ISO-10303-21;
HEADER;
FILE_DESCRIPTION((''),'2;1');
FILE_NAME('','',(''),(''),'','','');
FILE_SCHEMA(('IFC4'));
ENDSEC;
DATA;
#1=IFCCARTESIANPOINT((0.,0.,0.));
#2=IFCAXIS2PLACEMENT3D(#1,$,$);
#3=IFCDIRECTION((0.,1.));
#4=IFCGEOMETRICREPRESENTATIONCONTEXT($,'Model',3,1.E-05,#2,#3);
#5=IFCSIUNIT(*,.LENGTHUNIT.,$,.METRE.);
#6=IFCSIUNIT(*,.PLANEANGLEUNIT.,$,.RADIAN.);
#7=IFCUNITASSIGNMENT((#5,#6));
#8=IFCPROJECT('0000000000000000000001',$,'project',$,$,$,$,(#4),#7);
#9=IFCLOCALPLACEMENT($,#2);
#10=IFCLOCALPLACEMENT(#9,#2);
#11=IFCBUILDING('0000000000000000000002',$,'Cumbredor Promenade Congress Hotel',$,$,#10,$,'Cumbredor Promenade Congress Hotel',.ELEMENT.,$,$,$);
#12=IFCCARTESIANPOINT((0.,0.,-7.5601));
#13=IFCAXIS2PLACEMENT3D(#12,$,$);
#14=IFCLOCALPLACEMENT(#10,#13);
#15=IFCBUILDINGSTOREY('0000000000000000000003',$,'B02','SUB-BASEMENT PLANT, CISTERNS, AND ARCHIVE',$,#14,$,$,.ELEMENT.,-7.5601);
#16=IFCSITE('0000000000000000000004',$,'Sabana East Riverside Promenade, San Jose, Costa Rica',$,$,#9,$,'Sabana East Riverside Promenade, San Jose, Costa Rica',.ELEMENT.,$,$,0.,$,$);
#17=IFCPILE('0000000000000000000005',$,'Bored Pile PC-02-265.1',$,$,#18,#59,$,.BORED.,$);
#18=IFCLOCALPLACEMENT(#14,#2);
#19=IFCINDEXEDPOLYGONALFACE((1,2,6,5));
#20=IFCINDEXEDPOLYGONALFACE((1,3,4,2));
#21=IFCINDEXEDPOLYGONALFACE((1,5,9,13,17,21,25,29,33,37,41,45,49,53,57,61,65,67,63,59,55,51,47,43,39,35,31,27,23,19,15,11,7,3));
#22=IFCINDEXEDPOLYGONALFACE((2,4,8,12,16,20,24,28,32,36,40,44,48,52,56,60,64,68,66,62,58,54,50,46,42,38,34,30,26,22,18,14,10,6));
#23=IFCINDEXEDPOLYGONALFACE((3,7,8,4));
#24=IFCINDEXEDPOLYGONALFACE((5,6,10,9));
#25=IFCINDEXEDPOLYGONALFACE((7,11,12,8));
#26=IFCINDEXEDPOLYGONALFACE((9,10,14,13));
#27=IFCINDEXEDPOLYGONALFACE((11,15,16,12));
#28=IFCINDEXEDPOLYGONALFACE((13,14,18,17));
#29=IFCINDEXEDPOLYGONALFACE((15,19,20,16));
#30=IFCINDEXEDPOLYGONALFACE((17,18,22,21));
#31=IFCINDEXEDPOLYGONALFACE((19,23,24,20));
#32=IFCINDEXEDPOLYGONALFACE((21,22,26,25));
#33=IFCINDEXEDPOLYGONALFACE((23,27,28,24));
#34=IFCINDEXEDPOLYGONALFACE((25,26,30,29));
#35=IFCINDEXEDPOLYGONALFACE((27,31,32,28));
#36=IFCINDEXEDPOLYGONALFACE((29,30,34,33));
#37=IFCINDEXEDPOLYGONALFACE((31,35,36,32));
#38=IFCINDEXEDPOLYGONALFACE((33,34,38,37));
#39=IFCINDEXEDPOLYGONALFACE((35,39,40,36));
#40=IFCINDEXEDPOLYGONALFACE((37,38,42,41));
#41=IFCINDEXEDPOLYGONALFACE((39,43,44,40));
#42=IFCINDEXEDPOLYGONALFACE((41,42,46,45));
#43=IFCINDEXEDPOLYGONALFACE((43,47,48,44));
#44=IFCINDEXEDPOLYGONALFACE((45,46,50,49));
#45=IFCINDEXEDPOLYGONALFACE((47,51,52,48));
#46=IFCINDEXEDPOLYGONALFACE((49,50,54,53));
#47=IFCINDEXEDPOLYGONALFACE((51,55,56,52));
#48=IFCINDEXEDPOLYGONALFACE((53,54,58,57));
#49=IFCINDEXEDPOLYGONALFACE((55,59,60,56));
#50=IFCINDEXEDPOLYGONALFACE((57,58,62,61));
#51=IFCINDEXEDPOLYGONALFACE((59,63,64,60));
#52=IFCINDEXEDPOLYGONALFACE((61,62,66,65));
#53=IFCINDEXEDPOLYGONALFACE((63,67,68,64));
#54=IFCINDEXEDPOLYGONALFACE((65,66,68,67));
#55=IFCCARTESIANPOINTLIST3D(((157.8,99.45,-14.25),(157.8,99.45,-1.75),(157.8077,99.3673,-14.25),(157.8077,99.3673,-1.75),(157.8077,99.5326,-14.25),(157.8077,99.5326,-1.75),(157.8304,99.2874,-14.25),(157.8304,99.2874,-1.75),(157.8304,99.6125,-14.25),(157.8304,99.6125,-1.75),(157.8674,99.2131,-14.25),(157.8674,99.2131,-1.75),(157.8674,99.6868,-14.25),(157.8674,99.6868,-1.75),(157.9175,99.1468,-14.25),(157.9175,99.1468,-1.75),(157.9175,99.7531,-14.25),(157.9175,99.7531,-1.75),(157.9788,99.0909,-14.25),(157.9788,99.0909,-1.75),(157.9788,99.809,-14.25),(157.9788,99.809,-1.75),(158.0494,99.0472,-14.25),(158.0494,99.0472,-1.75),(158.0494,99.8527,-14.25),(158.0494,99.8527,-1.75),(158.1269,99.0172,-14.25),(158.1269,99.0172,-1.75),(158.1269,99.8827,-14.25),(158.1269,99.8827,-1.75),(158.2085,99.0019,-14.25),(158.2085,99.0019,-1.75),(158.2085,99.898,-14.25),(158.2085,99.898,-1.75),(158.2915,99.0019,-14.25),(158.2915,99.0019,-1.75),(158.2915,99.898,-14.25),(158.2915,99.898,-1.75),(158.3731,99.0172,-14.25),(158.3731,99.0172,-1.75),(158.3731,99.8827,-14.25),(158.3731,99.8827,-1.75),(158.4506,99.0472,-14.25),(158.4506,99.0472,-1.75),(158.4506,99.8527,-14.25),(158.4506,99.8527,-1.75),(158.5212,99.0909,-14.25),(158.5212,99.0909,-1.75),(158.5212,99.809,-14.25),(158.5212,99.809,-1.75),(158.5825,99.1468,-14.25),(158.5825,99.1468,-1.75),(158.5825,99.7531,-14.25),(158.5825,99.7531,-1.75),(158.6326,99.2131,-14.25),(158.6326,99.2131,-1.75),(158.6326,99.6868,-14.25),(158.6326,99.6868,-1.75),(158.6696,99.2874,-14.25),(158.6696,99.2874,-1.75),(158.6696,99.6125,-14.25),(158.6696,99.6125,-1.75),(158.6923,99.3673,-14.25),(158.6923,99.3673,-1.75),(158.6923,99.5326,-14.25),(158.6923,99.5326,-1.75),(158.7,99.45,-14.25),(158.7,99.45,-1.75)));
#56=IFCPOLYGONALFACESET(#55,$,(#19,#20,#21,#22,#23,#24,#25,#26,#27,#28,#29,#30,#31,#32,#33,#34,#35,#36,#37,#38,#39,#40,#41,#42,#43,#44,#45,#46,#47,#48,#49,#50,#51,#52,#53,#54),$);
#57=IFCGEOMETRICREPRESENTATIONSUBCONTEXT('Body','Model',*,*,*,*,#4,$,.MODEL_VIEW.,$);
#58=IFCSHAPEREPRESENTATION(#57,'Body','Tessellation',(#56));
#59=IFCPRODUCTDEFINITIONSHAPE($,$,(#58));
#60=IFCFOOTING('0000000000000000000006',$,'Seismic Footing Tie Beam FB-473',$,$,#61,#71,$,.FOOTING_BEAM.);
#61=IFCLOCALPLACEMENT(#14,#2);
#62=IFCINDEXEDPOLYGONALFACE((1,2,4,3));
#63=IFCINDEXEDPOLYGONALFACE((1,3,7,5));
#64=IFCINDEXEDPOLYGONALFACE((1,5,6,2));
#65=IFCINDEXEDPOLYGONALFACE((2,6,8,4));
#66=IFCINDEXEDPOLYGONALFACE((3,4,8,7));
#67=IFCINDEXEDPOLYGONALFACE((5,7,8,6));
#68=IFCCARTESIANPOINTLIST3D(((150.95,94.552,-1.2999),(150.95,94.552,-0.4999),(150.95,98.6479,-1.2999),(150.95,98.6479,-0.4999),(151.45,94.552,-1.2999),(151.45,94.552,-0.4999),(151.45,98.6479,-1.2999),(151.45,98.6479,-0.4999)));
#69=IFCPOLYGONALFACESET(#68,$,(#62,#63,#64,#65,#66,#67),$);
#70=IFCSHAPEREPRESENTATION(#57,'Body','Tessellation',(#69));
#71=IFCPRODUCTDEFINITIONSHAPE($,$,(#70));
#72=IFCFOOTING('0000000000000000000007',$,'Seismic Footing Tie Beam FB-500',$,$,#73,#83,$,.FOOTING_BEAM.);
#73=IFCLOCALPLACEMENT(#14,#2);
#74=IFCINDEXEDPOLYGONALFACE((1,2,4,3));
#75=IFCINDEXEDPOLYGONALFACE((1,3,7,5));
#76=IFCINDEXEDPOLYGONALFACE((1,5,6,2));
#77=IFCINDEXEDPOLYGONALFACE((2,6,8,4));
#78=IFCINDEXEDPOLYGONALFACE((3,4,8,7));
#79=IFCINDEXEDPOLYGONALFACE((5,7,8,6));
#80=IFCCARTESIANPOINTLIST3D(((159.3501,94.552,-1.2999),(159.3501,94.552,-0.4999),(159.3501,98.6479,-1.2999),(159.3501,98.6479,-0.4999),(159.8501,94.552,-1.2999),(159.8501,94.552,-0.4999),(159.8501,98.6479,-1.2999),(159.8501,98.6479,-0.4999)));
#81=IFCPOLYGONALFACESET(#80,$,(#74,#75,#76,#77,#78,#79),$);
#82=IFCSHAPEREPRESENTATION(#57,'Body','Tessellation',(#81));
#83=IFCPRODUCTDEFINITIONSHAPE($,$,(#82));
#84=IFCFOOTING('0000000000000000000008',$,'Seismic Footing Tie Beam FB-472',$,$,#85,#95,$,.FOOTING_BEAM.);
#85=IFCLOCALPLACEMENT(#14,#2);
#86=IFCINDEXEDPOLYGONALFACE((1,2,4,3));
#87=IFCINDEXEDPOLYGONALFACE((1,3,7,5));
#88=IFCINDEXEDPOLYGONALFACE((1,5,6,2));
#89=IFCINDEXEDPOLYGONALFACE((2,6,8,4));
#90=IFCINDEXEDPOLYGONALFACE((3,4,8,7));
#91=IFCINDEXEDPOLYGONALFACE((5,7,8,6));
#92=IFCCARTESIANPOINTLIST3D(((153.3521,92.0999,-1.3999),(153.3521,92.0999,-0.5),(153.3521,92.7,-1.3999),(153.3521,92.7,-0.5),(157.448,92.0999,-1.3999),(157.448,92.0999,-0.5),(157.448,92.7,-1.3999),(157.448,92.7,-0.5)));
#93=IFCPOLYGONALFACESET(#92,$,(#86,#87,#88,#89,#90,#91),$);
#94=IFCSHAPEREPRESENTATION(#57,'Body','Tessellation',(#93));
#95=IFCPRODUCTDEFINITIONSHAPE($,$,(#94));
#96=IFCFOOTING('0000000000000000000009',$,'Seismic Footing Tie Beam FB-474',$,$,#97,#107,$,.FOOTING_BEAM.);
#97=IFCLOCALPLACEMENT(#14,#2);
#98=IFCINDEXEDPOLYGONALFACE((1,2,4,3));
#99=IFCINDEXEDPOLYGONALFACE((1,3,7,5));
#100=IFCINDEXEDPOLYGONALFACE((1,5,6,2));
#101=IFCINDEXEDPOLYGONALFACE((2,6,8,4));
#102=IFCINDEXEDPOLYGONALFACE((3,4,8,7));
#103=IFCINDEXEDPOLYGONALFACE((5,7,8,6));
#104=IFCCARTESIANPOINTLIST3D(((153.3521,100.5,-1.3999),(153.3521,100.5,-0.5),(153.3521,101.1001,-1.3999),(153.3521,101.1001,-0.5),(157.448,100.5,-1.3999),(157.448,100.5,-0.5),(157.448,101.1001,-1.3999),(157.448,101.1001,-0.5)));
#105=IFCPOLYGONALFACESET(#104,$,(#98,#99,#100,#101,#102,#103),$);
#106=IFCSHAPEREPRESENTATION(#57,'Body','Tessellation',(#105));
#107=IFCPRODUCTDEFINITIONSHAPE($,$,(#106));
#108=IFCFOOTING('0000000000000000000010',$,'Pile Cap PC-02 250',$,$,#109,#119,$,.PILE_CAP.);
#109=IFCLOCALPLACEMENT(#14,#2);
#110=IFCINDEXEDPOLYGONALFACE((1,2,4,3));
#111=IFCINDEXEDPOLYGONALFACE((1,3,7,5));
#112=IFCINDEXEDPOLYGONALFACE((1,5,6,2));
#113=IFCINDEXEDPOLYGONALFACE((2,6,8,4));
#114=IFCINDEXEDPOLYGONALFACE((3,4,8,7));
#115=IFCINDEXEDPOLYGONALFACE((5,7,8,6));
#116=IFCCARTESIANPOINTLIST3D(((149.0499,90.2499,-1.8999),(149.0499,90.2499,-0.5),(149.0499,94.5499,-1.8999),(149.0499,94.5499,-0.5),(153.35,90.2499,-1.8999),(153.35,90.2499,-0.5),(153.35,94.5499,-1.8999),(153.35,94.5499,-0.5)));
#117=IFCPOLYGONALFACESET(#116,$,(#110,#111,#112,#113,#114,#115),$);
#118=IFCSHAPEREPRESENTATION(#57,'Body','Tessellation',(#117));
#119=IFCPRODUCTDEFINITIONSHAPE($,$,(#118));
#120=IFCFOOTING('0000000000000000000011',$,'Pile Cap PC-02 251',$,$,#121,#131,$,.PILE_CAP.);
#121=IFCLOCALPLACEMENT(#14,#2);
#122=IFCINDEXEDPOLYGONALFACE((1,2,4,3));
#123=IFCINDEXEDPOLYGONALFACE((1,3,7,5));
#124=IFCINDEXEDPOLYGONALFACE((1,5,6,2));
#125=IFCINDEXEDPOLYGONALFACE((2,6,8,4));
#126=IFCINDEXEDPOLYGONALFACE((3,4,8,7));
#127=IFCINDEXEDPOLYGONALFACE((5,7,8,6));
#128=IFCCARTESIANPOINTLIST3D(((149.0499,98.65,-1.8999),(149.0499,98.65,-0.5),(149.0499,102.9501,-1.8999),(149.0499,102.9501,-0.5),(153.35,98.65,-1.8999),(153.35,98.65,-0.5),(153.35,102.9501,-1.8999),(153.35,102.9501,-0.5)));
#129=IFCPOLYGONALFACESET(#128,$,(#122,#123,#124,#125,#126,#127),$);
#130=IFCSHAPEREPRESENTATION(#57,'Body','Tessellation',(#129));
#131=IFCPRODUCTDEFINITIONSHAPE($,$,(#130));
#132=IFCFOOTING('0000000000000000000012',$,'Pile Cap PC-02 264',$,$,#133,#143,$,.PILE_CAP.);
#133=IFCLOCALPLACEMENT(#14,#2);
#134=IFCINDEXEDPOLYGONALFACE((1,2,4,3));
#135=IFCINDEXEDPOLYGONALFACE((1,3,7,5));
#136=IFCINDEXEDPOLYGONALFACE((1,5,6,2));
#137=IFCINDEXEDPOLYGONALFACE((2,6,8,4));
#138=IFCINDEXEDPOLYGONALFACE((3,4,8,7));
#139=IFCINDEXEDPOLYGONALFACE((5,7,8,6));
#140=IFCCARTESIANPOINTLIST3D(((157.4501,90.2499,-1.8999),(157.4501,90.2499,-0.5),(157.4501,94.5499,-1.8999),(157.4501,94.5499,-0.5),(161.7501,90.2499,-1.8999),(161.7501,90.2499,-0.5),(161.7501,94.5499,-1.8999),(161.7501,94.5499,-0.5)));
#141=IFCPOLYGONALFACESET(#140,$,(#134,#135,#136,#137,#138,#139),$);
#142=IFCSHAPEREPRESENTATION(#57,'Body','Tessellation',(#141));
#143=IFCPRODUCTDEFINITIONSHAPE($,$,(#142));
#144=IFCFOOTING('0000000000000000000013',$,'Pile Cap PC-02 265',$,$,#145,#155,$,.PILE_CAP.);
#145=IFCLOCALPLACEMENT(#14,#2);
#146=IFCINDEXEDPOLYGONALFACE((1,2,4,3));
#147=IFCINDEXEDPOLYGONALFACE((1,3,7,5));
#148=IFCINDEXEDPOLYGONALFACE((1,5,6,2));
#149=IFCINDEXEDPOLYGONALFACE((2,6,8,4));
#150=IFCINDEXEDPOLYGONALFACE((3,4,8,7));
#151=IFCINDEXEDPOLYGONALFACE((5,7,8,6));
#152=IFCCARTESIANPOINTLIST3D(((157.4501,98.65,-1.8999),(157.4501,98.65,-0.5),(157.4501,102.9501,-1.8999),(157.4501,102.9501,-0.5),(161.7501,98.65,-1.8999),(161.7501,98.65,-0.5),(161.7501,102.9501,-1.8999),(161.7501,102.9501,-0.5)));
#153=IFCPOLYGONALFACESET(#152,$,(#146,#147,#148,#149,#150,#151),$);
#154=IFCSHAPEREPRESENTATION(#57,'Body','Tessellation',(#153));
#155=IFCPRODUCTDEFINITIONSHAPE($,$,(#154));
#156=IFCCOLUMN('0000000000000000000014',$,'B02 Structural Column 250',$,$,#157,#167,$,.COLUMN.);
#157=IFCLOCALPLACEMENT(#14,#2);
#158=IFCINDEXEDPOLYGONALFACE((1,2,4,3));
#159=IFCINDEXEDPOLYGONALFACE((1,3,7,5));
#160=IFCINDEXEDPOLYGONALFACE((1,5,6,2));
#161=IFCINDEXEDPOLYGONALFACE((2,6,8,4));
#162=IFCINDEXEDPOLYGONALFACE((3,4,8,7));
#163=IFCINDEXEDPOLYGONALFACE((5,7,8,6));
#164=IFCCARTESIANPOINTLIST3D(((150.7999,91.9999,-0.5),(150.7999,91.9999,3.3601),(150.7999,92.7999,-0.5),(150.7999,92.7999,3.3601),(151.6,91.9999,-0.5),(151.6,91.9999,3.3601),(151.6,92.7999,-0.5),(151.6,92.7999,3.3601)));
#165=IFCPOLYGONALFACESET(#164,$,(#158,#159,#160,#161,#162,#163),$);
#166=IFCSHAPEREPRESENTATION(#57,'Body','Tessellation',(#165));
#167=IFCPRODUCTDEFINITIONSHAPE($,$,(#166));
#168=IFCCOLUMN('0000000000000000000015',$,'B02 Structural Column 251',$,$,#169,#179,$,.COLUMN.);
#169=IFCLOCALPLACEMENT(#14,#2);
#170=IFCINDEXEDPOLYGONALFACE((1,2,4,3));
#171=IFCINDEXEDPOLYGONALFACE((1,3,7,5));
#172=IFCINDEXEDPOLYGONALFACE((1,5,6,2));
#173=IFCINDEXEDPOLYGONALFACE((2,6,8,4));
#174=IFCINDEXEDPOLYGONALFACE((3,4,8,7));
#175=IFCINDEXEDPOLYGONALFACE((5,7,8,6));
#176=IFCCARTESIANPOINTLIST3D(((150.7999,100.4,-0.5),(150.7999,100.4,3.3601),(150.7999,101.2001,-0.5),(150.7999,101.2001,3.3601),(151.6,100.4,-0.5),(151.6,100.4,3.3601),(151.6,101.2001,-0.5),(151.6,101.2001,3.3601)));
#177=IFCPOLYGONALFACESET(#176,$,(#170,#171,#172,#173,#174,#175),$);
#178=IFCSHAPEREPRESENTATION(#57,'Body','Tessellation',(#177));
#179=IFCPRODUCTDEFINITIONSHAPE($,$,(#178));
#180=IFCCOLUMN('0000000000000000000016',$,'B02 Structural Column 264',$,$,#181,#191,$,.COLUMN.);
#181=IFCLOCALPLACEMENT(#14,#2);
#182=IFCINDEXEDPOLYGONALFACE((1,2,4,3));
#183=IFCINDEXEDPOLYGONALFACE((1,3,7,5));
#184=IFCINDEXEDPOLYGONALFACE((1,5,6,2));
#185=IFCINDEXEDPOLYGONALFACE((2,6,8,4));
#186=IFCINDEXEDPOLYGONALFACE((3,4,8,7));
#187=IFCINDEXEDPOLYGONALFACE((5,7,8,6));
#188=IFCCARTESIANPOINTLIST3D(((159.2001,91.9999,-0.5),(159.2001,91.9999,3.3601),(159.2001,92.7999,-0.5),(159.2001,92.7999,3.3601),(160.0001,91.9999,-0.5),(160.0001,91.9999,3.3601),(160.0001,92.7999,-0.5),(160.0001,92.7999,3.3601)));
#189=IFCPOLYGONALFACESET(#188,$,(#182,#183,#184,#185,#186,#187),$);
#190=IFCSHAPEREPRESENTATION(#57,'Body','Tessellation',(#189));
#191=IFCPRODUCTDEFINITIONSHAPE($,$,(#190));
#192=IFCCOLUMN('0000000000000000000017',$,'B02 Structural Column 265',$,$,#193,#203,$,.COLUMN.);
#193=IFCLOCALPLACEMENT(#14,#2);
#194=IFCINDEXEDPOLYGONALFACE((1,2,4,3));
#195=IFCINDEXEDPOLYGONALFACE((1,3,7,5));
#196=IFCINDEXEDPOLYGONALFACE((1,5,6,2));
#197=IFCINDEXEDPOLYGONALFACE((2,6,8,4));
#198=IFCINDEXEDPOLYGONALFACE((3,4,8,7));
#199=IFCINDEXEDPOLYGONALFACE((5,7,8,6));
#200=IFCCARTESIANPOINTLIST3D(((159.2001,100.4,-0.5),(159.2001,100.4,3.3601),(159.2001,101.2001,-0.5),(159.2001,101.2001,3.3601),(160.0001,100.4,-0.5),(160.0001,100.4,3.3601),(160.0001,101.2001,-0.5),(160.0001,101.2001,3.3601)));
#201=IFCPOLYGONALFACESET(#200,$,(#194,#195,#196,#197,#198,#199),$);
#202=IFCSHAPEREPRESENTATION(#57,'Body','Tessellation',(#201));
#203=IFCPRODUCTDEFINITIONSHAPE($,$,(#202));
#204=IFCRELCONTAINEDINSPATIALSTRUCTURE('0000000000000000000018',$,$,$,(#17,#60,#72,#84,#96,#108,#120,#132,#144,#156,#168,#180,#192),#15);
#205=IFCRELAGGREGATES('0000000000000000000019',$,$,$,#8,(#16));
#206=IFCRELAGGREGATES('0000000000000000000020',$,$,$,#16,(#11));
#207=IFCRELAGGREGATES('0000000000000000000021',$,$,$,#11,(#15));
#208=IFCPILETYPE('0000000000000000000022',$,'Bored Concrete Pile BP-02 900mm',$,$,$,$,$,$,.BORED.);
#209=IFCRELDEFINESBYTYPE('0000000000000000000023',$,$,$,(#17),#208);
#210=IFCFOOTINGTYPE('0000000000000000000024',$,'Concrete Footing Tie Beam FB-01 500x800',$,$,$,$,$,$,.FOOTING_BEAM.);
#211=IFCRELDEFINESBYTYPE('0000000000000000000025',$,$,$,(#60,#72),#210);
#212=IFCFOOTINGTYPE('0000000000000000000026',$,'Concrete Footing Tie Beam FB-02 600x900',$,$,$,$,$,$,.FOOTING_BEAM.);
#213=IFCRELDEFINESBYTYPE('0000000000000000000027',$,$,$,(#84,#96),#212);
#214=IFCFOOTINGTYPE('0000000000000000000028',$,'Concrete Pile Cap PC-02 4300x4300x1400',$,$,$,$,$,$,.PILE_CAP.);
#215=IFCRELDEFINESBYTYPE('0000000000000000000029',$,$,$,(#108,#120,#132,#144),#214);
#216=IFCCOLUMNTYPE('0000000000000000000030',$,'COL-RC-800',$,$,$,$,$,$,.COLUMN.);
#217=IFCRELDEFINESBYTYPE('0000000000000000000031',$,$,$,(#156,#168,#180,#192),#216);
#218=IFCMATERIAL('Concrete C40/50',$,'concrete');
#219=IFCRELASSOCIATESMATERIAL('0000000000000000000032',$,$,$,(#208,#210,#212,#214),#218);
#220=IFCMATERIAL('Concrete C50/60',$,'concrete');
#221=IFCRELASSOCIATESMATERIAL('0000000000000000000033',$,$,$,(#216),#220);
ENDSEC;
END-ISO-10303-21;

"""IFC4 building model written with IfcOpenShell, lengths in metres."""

from ifc_helpers import new_model, si_unit, direction, frame, origin, origin_2d, place, context, subcontext, project, spatial, rectangle, circle, extrude, material, material_profile, profile_set, type_object, element, save


model = new_model("IFC4")

# Units and contexts
model_context = context("Model", 3, precision=1e-05, world=origin(), true_north=direction((0.0, 1.0)))
body_context = subcontext(model_context, "Body", "Model", "MODEL_VIEW")
ifc_project = project(units=[si_unit("LENGTHUNIT", "METRE"), si_unit("PLANEANGLEUNIT", "RADIAN")], contexts=[model_context])

# Site, building, storey
site_placement = place(None, origin())
site = spatial("IfcSite", under=ifc_project, at=site_placement, Name="Sabana East Riverside Promenade, San Jose, Costa Rica", LongName="Sabana East Riverside Promenade, San Jose, Costa Rica", CompositionType="ELEMENT", RefElevation=0.0)
building_placement = place(site_placement, origin())
building = spatial("IfcBuilding", under=site, at=building_placement, Name="Cumbredor Promenade Congress Hotel", LongName="Cumbredor Promenade Congress Hotel", CompositionType="ELEMENT")
storey_placement = place(building_placement, frame((0.0, 0.0, -7.5601)))
storey = spatial("IfcBuildingStorey", under=building, at=storey_placement, Name="B02", Description="SUB-BASEMENT PLANT, CISTERNS, AND ARCHIVE", CompositionType="ELEMENT", Elevation=-7.5601)

# Pile
ifc_material_1 = material(Name="Concrete C40/50", Category="concrete")
ifc_material_profile_1 = material_profile(ifc_material_1, circle(Radius=0.45, at=origin_2d()), Name="PILE D900")
ifc_profile_set_1 = profile_set([ifc_material_profile_1], Name="Concrete C40/50")
pile_type = type_object("IfcPileType", Name="Bored Concrete Pile BP-02 900mm", PredefinedType="BORED", material=ifc_profile_set_1)
for number, where, z_axis, x_axis, name in (
    (1, (158.25, 99.45, -1.75), (0.0, 0.0, -1.0), (1.0, 0.0, 0.0), "Bored Pile PC-02-265.1"),
):
    element("IfcPile", number, at=place(storey_placement, frame(where, z_axis=z_axis, x_axis=x_axis)), inside=storey, type_object=pile_type, Name=name, PredefinedType="BORED", context=body_context, shape_type="SweptSolid", body=[
        extrude(circle(Radius=0.45, at=origin_2d()), origin(), (0.0, 0.0, 1.0), 12.5),
    ])

# Footings
ifc_material_profile_2 = material_profile(ifc_material_1, rectangle(XDim=0.5, YDim=0.8, at=origin_2d()), Name="FB 500x800")
ifc_profile_set_2 = profile_set([ifc_material_profile_2], Name="Concrete C40/50")
footing_type_1 = type_object("IfcFootingType", Name="Concrete Footing Tie Beam FB-01 500x800", PredefinedType="FOOTING_BEAM", material=ifc_profile_set_2)
for number, where, z_axis, x_axis, name in (
    (2, (151.2, 94.552, -0.8999), (0.0, 1.0, 0.0), (-1.0, 0.0, 0.0), "Seismic Footing Tie Beam FB-473"),
    (3, (159.6001, 94.552, -0.8999), (0.0, 1.0, 0.0), (-1.0, 0.0, 0.0), "Seismic Footing Tie Beam FB-500"),
):
    element("IfcFooting", number, at=place(storey_placement, frame(where, z_axis=z_axis, x_axis=x_axis)), inside=storey, type_object=footing_type_1, Name=name, PredefinedType="FOOTING_BEAM", context=body_context, shape_type="SweptSolid", body=[
        extrude(rectangle(XDim=0.5, YDim=0.8, at=origin_2d()), origin(), (0.0, 0.0, 1.0), 4.0959),
    ])
ifc_material_profile_3 = material_profile(ifc_material_1, rectangle(XDim=0.6001, YDim=0.8999, at=origin_2d()), Name="FB 600x900")
ifc_profile_set_3 = profile_set([ifc_material_profile_3], Name="Concrete C40/50")
footing_type_2 = type_object("IfcFootingType", Name="Concrete Footing Tie Beam FB-02 600x900", PredefinedType="FOOTING_BEAM", material=ifc_profile_set_3)
for number, where, z_axis, x_axis, name in (
    (4, (153.3521, 92.3999, -0.95), (1.0, 0.0, 0.0), (0.0, 1.0, 0.0), "Seismic Footing Tie Beam FB-472"),
    (5, (153.3521, 100.8, -0.95), (1.0, 0.0, 0.0), (0.0, 1.0, 0.0), "Seismic Footing Tie Beam FB-474"),
):
    element("IfcFooting", number, at=place(storey_placement, frame(where, z_axis=z_axis, x_axis=x_axis)), inside=storey, type_object=footing_type_2, Name=name, PredefinedType="FOOTING_BEAM", context=body_context, shape_type="SweptSolid", body=[
        extrude(rectangle(XDim=0.6001, YDim=0.8999, at=origin_2d()), origin(), (0.0, 0.0, 1.0), 4.0959),
    ])
footing_type_3 = type_object("IfcFootingType", Name="Concrete Pile Cap PC-02 4300x4300x1400", PredefinedType="PILE_CAP", material=ifc_material_1)
for number, where, z_axis, x_axis, name in (
    (6, (151.2, 92.3999, -1.8999), (0.0, 0.0, 1.0), (1.0, 0.0, 0.0), "Pile Cap PC-02 250"),
    (7, (151.2, 100.8, -1.8999), (0.0, 0.0, 1.0), (1.0, 0.0, 0.0), "Pile Cap PC-02 251"),
    (8, (159.6001, 92.3999, -1.8999), (0.0, 0.0, 1.0), (1.0, 0.0, 0.0), "Pile Cap PC-02 264"),
    (9, (159.6001, 100.8, -1.8999), (0.0, 0.0, 1.0), (1.0, 0.0, 0.0), "Pile Cap PC-02 265"),
):
    element("IfcFooting", number, at=place(storey_placement, frame(where, z_axis=z_axis, x_axis=x_axis)), inside=storey, type_object=footing_type_3, Name=name, PredefinedType="PILE_CAP", context=body_context, shape_type="SweptSolid", body=[
        extrude(rectangle(XDim=4.3, YDim=4.3, at=origin_2d()), origin(), (0.0, 0.0, 1.0), 1.3999),
    ])

# Columns
ifc_material_2 = material(Name="Concrete C50/60", Category="concrete")
ifc_material_profile_4 = material_profile(ifc_material_2, rectangle(XDim=0.8, YDim=0.8, at=origin_2d()), Name="RC 800x800")
ifc_profile_set_4 = profile_set([ifc_material_profile_4], Name="Concrete C50/60")
column_type = type_object("IfcColumnType", Name="COL-RC-800", PredefinedType="COLUMN", material=ifc_profile_set_4)
for number, where, z_axis, x_axis, name in (
    (10, (151.2, 92.3999, -0.5), (0.0, 0.0, 1.0), (1.0, 0.0, 0.0), "B02 Structural Column 250"),
    (11, (151.2, 100.8, -0.5), (0.0, 0.0, 1.0), (1.0, 0.0, 0.0), "B02 Structural Column 251"),
    (12, (159.6001, 92.3999, -0.5), (0.0, 0.0, 1.0), (1.0, 0.0, 0.0), "B02 Structural Column 264"),
    (13, (159.6001, 100.8, -0.5), (0.0, 0.0, 1.0), (1.0, 0.0, 0.0), "B02 Structural Column 265"),
):
    element("IfcColumn", number, at=place(storey_placement, frame(where, z_axis=z_axis, x_axis=x_axis)), inside=storey, type_object=column_type, Name=name, PredefinedType="COLUMN", context=body_context, shape_type="SweptSolid", body=[
        extrude(rectangle(XDim=0.8, YDim=0.8, at=origin_2d()), origin(), (0.0, 0.0, 1.0), 3.8601),
    ])

save(model, "model.ifc")
